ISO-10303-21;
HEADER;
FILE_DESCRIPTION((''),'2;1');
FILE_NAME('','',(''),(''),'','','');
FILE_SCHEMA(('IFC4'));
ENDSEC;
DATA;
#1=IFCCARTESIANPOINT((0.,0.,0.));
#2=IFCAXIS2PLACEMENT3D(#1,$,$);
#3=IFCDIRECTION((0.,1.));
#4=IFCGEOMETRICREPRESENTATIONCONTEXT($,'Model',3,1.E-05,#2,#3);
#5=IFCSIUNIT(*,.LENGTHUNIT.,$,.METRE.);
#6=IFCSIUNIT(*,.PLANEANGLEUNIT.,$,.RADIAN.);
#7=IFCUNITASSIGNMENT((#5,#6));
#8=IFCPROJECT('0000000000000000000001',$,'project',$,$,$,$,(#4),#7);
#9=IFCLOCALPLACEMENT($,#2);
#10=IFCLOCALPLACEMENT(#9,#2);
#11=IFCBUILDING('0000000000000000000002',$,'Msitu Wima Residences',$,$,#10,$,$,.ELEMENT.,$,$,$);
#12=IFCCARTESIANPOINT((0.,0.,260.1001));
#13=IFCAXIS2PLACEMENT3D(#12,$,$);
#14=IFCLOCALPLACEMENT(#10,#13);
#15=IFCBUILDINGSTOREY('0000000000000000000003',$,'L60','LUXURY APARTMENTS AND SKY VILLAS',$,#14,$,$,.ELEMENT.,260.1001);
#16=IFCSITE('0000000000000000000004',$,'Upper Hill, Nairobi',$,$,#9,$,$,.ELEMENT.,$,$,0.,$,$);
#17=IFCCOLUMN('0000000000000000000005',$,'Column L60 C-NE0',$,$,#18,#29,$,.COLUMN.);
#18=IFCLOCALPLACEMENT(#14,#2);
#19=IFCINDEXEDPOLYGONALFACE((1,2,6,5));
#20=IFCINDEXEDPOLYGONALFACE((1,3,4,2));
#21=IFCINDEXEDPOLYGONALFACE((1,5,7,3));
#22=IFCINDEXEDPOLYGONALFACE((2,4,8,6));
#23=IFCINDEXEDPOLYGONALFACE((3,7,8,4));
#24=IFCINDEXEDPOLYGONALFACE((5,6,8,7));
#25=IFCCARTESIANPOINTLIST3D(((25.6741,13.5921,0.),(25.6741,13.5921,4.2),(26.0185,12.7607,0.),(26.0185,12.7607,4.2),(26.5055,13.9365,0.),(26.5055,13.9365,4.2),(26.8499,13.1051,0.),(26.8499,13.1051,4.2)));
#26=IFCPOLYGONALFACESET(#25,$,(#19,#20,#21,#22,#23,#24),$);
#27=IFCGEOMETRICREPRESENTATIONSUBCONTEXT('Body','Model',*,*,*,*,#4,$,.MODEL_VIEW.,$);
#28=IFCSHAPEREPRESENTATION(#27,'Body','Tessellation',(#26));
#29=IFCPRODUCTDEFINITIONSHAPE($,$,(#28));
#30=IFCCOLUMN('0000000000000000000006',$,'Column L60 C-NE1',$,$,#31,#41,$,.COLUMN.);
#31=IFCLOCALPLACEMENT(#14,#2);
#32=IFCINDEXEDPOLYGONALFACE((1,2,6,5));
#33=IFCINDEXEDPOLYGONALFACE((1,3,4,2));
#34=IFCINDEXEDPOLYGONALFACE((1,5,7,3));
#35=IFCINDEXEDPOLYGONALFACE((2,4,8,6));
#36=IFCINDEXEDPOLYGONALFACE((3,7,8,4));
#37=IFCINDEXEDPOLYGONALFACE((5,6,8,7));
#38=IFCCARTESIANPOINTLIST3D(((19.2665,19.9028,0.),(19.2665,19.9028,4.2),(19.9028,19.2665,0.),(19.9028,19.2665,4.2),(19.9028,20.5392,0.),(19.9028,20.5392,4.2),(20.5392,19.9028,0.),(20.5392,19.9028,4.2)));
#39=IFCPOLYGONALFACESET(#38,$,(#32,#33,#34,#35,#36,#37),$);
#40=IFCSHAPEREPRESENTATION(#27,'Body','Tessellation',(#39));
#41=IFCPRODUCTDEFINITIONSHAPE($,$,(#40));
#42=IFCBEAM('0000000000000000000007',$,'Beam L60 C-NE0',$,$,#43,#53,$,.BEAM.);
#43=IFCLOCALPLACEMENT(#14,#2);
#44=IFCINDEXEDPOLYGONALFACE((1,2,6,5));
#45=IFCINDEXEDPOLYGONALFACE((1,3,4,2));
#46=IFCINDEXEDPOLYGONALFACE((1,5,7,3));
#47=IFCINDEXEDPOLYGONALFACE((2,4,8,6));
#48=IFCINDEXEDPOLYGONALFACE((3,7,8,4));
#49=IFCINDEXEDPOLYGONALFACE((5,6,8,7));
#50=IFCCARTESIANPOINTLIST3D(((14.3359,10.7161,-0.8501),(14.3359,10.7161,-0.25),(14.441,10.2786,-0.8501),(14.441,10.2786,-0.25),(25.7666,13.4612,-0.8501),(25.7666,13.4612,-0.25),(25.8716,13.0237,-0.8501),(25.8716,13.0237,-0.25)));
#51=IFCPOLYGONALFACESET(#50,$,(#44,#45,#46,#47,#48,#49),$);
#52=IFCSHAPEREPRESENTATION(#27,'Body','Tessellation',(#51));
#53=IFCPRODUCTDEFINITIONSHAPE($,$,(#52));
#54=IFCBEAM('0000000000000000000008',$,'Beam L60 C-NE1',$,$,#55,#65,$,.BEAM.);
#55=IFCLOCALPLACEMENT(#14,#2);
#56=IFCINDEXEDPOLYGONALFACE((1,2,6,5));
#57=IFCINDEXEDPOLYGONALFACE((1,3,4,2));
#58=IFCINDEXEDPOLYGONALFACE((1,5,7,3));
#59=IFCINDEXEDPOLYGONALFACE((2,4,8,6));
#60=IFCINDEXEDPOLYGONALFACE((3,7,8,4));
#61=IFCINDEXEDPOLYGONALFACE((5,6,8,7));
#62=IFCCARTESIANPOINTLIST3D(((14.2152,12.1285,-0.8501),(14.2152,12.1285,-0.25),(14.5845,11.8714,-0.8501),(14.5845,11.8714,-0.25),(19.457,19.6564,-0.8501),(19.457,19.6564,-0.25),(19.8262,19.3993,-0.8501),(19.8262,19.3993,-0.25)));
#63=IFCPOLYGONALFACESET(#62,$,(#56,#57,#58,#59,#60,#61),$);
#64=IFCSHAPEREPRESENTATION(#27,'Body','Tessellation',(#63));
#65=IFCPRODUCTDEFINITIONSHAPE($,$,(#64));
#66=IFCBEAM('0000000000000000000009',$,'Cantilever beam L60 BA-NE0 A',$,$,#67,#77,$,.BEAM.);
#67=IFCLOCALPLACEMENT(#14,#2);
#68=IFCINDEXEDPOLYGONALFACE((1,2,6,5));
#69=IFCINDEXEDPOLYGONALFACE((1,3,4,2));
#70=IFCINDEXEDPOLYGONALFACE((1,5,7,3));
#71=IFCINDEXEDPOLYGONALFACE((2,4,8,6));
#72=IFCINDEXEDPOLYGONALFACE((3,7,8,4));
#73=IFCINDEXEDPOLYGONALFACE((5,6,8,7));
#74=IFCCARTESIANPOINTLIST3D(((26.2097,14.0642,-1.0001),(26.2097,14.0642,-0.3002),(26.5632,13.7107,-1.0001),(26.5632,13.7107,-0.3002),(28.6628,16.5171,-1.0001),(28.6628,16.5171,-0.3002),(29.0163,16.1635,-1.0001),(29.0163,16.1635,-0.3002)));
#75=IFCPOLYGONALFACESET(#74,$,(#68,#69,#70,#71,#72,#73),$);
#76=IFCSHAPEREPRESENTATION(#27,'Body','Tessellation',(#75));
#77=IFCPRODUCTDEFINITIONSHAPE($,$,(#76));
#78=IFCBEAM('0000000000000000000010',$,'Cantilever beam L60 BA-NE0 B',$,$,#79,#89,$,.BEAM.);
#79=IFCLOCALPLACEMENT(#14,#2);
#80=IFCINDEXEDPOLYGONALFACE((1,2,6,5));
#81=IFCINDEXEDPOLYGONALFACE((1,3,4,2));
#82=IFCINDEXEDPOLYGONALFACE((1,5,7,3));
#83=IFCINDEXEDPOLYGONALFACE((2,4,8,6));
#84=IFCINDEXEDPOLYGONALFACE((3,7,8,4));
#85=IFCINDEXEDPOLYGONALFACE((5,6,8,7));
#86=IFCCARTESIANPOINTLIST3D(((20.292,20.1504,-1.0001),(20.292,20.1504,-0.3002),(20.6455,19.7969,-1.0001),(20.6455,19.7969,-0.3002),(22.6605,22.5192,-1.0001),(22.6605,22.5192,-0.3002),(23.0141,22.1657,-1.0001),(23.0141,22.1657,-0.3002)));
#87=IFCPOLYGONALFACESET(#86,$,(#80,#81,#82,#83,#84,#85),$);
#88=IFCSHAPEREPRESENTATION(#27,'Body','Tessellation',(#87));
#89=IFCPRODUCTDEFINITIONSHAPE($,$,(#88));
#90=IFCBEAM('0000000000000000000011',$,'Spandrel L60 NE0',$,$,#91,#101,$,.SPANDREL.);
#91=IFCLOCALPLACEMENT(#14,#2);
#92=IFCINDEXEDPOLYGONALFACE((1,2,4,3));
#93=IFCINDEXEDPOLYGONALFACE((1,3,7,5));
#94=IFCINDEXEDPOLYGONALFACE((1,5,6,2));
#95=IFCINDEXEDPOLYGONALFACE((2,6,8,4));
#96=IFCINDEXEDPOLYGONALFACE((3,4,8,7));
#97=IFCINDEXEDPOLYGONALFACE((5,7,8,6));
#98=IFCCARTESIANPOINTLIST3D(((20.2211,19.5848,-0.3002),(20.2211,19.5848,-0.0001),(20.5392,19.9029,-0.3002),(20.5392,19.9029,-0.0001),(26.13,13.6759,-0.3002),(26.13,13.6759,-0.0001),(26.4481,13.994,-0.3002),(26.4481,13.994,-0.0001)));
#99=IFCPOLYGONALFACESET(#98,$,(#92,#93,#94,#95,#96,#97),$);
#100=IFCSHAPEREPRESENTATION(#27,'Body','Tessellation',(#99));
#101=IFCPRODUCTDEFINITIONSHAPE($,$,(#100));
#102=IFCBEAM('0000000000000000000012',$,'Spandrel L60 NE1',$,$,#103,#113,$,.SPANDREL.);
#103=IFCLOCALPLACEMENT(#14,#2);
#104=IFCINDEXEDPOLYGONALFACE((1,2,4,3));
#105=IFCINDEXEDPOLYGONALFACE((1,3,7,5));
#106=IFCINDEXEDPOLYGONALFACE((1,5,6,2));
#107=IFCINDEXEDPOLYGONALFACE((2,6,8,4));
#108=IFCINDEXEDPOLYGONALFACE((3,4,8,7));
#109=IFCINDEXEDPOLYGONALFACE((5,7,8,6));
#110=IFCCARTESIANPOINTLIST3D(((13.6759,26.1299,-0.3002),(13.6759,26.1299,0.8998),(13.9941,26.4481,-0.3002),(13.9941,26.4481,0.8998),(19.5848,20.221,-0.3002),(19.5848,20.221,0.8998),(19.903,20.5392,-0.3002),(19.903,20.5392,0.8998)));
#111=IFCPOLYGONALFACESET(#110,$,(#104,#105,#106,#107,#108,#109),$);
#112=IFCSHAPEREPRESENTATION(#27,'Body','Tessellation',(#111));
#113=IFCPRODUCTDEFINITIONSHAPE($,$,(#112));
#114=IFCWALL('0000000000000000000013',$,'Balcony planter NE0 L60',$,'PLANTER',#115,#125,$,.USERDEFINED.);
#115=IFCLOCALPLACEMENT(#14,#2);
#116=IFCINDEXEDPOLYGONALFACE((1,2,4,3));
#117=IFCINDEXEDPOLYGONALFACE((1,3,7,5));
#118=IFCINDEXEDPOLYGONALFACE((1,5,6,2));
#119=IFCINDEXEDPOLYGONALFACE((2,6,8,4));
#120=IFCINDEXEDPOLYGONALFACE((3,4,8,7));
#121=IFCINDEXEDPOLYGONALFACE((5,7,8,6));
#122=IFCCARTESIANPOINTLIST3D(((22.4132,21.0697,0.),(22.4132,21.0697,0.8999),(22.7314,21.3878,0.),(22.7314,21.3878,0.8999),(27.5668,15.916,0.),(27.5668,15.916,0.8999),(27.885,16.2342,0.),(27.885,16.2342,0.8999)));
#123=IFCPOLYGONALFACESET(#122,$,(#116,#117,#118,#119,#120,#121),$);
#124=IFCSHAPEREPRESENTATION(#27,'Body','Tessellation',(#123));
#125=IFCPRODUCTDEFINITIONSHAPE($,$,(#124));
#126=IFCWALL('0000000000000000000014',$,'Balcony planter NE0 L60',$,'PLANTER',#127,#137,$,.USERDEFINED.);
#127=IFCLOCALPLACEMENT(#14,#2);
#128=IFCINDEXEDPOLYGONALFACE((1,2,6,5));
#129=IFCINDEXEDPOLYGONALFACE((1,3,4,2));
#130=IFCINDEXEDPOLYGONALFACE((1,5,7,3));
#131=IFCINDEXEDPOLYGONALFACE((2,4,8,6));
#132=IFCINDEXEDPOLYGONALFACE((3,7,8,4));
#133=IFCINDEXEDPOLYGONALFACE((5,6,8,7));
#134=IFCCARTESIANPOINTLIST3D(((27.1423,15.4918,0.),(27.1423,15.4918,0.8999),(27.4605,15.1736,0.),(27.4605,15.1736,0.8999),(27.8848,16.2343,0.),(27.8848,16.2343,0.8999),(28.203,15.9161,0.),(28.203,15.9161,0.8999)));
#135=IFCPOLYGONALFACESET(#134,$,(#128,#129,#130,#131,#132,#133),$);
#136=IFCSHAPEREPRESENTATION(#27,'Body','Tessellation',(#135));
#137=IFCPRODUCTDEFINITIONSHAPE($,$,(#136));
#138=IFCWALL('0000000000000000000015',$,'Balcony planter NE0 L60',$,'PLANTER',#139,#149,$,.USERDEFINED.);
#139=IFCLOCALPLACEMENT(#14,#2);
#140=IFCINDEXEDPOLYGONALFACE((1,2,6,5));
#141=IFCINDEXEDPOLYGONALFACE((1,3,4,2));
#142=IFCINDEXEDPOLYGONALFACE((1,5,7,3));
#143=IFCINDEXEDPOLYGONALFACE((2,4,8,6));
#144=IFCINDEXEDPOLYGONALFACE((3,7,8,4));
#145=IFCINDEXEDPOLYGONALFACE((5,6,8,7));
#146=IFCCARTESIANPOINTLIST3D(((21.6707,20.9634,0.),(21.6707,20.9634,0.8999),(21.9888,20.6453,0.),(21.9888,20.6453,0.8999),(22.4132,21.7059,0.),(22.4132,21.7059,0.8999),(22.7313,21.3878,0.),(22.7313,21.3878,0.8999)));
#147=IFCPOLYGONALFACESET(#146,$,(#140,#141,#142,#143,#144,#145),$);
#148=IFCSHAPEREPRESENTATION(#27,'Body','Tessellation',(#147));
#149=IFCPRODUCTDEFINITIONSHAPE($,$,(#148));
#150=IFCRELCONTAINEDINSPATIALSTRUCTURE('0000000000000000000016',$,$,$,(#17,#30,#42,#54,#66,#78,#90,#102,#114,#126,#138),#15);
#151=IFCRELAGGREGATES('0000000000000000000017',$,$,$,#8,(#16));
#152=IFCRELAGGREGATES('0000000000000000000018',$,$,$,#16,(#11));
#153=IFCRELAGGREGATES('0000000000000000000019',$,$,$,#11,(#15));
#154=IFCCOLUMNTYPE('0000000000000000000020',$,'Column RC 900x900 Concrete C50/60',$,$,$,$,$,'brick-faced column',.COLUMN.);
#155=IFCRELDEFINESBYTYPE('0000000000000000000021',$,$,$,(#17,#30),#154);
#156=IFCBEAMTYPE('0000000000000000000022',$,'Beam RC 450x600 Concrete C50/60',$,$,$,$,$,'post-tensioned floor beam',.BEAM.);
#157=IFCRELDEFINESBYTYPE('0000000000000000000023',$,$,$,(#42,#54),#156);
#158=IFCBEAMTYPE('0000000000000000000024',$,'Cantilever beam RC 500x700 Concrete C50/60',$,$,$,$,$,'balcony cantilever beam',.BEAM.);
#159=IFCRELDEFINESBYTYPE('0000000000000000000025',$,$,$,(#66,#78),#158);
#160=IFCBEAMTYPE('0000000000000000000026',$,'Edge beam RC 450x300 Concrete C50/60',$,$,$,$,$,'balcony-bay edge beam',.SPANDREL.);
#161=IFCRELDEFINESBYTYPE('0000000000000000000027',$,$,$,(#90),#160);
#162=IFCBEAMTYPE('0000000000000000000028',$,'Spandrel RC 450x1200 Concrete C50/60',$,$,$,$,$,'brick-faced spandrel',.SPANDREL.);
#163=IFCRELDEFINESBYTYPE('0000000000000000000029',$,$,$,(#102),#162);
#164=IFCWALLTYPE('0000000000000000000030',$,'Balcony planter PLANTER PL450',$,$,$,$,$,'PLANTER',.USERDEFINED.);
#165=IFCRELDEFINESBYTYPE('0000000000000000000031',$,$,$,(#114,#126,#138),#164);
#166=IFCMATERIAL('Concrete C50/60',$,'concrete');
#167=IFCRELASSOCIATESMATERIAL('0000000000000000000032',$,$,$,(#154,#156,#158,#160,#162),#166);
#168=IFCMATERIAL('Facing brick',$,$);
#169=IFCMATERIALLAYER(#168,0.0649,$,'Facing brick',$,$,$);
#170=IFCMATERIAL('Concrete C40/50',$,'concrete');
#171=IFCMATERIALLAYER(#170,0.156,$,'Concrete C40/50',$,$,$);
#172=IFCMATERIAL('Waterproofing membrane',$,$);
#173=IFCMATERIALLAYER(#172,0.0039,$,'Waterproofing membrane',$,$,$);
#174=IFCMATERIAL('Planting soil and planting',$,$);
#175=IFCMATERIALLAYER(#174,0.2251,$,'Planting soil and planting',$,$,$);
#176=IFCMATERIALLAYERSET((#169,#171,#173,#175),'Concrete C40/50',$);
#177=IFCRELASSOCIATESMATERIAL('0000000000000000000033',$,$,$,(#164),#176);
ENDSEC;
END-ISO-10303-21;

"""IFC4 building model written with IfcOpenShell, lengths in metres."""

from ifc_helpers import new_model, si_unit, direction, frame, frame_2d, origin, origin_2d, place, context, subcontext, project, spatial, rectangle, extrude, material, layer, layer_set, material_profile, profile_set, type_object, element, save


model = new_model("IFC4")

# Units and contexts
model_context = context("Model", 3, precision=1e-05, world=origin(), true_north=direction((0.0, 1.0)))
body_context = subcontext(model_context, "Body", "Model", "MODEL_VIEW")
ifc_project = project(units=[si_unit("LENGTHUNIT", "METRE"), si_unit("PLANEANGLEUNIT", "RADIAN")], contexts=[model_context])

# Site, building, storey
site_placement = place(None, origin())
site = spatial("IfcSite", under=ifc_project, at=site_placement, Name="Upper Hill, Nairobi", CompositionType="ELEMENT", RefElevation=0.0)
building_placement = place(site_placement, origin())
building = spatial("IfcBuilding", under=site, at=building_placement, Name="Msitu Wima Residences", CompositionType="ELEMENT")
storey_placement = place(building_placement, frame((0.0, 0.0, 260.1001)))
storey = spatial("IfcBuildingStorey", under=building, at=storey_placement, Name="L60", Description="LUXURY APARTMENTS AND SKY VILLAS", CompositionType="ELEMENT", Elevation=260.1001)

# Columns
ifc_material_1 = material(Name="Concrete C50/60", Category="concrete")
ifc_material_profile_1 = material_profile(ifc_material_1, rectangle(XDim=0.8999, YDim=0.8999, at=origin_2d()), Name="RC 900x900")
ifc_profile_set_1 = profile_set([ifc_material_profile_1], Name="Concrete C50/60")
column_type = type_object("IfcColumnType", Name="Column RC 900x900 Concrete C50/60", ElementType="brick-faced column", PredefinedType="COLUMN", material=ifc_profile_set_1)
for number, where, z_axis, x_axis, name in (
    (1, (26.262, 13.3486, 0.0), (0.0, 0.0, 1.0), (-0.382683, 0.92388, 0.0), "Column L60 C-NE0"),
    (2, (19.9028, 19.9028, 0.0), (0.0, 0.0, 1.0), (-0.707107, 0.707107, 0.0), "Column L60 C-NE1"),
):
    element("IfcColumn", number, at=place(storey_placement, frame(where, z_axis=z_axis, x_axis=x_axis)), inside=storey, type_object=column_type, Name=name, PredefinedType="COLUMN", context=body_context, shape_type="SweptSolid", body=[
        extrude(rectangle(XDim=0.8999, YDim=0.8999, at=origin_2d()), origin(), (0.0, 0.0, 1.0), 4.2),
    ])

# Beams
ifc_material_profile_2 = material_profile(ifc_material_1, rectangle(XDim=0.45, YDim=0.6001, at=origin_2d()), Name="RC 450x600")
ifc_profile_set_2 = profile_set([ifc_material_profile_2], Name="Concrete C50/60")
beam_type_1 = type_object("IfcBeamType", Name="Beam RC 450x600 Concrete C50/60", ElementType="post-tensioned floor beam", PredefinedType="BEAM", material=ifc_profile_set_2)
beam_1_placement = place(storey_placement, frame((25.8191, 13.2424, -0.55), z_axis=(-0.972353, -0.233514, 0.0), x_axis=(0.233514, -0.972353, 0.0)))
element("IfcBeam", 3, at=beam_1_placement, inside=storey, type_object=beam_type_1, Name="Beam L60 C-NE0", PredefinedType="BEAM", context=body_context, shape_type="SweptSolid", body=[
    extrude(rectangle(XDim=0.45, YDim=0.6001, at=origin_2d()), origin(), (0.0, 0.0, 1.0), 11.7556),
])
beam_2_placement = place(storey_placement, frame((19.6416, 19.5278, -0.55), z_axis=(-0.571428, -0.820652, 0.0), x_axis=(0.820652, -0.571428, 0.0)))
element("IfcBeam", 4, at=beam_2_placement, inside=storey, type_object=beam_type_1, Name="Beam L60 C-NE1", PredefinedType="BEAM", context=body_context, shape_type="SweptSolid", body=[
    extrude(rectangle(XDim=0.45, YDim=0.6001, at=origin_2d()), origin(), (0.0, 0.0, 1.0), 9.1731),
])
ifc_material_profile_3 = material_profile(ifc_material_1, rectangle(XDim=0.5, YDim=0.7, at=origin_2d()), Name="RC 500x700")
ifc_profile_set_3 = profile_set([ifc_material_profile_3], Name="Concrete C50/60")
beam_type_2 = type_object("IfcBeamType", Name="Cantilever beam RC 500x700 Concrete C50/60", ElementType="balcony cantilever beam", PredefinedType="BEAM", material=ifc_profile_set_3)
beam_3_placement = place(storey_placement, frame((26.3865, 13.8875, -0.6501), z_axis=(0.707142, 0.707072, 0.0), x_axis=(-0.707072, 0.707142, 0.0)))
element("IfcBeam", 5, at=beam_3_placement, inside=storey, type_object=beam_type_2, Name="Cantilever beam L60 BA-NE0 A", PredefinedType="BEAM", context=body_context, shape_type="SweptSolid", body=[
    extrude(rectangle(XDim=0.5, YDim=0.7, at=origin_2d()), origin(), (0.0, 0.0, 1.0), 3.469),
])
beam_4_placement = place(storey_placement, frame((20.4688, 19.9736, -0.6501), z_axis=(0.70707, 0.707143, 0.0), x_axis=(-0.707143, 0.70707, 0.0)))
element("IfcBeam", 6, at=beam_4_placement, inside=storey, type_object=beam_type_2, Name="Cantilever beam L60 BA-NE0 B", PredefinedType="BEAM", context=body_context, shape_type="SweptSolid", body=[
    extrude(rectangle(XDim=0.5, YDim=0.7, at=origin_2d()), origin(), (0.0, 0.0, 1.0), 3.3499),
])
ifc_material_profile_4 = material_profile(ifc_material_1, rectangle(XDim=0.45, YDim=0.3, at=origin_2d()), Name="RC 450x300")
ifc_profile_set_4 = profile_set([ifc_material_profile_4], Name="Concrete C50/60")
beam_type_3 = type_object("IfcBeamType", Name="Edge beam RC 450x300 Concrete C50/60", ElementType="balcony-bay edge beam", PredefinedType="SPANDREL", material=ifc_profile_set_4)
beam_5_placement = place(storey_placement, frame((26.2891, 13.835, -0.1501), z_axis=(-0.707107, 0.707107, 0.0), x_axis=(-0.707107, -0.707107, 0.0)))
element("IfcBeam", 7, at=beam_5_placement, inside=storey, type_object=beam_type_3, Name="Spandrel L60 NE0", PredefinedType="SPANDREL", context=body_context, shape_type="SweptSolid", body=[
    extrude(rectangle(XDim=0.45, YDim=0.3, at=origin_2d()), origin(), (0.0, 0.0, 1.0), 8.3564),
])
ifc_material_profile_5 = material_profile(ifc_material_1, rectangle(XDim=0.45, YDim=1.2, at=origin_2d()), Name="RC 450x1200")
ifc_profile_set_5 = profile_set([ifc_material_profile_5], Name="Concrete C50/60")
beam_type_4 = type_object("IfcBeamType", Name="Spandrel RC 450x1200 Concrete C50/60", ElementType="brick-faced spandrel", PredefinedType="SPANDREL", material=ifc_profile_set_5)
beam_6_placement = place(storey_placement, frame((19.7439, 20.3801, 0.2998), z_axis=(-0.707107, 0.707107, 0.0), x_axis=(-0.707107, -0.707107, 0.0)))
element("IfcBeam", 8, at=beam_6_placement, inside=storey, type_object=beam_type_4, Name="Spandrel L60 NE1", PredefinedType="SPANDREL", context=body_context, shape_type="SweptSolid", body=[
    extrude(rectangle(XDim=0.45, YDim=1.2, at=origin_2d()), origin(), (0.0, 0.0, 1.0), 8.3564),
])

# Walls
ifc_material_2 = material(Name="Facing brick")
ifc_layer_1 = layer(ifc_material_2, 0.0649, Name="Facing brick")
ifc_material_3 = material(Name="Concrete C40/50", Category="concrete")
ifc_layer_2 = layer(ifc_material_3, 0.156, Name="Concrete C40/50")
ifc_material_4 = material(Name="Waterproofing membrane")
ifc_layer_3 = layer(ifc_material_4, 0.0039, Name="Waterproofing membrane")
ifc_material_5 = material(Name="Planting soil and planting")
ifc_layer_4 = layer(ifc_material_5, 0.2251, Name="Planting soil and planting")
ifc_layer_set_1 = layer_set([ifc_layer_1, ifc_layer_2, ifc_layer_3, ifc_layer_4], Name="Concrete C40/50")
wall_type_1 = type_object("IfcWallType", Name="Balcony planter PLANTER PL450", ElementType="PLANTER", PredefinedType="USERDEFINED", material=ifc_layer_set_1)
wall_1_placement = place(storey_placement, frame((27.7258, 16.0752, 0.0), z_axis=(0.0, 0.0, 1.0), x_axis=(-0.707107, 0.707107, 0.0)))
element("IfcWall", 9, at=wall_1_placement, inside=storey, type_object=wall_type_1, Name="Balcony planter NE0 L60", ObjectType="PLANTER", PredefinedType="USERDEFINED", context=body_context, shape_type="SweptSolid", body=[
    extrude(rectangle(XDim=7.2883, YDim=0.45, at=frame_2d((3.644, 0.0))), origin(), (0.0, 0.0, 1.0), 0.8999),
])
for number, where, z_axis, x_axis, name in (
    (10, (27.3015, 15.3328, 0.0), (0.0, 0.0, 1.0), (0.707107, 0.707107, 0.0), "Balcony planter NE0 L60"),
    (11, (21.8298, 20.8044, 0.0), (0.0, 0.0, 1.0), (0.707107, 0.707107, 0.0), "Balcony planter NE0 L60"),
):
    element("IfcWall", number, at=place(storey_placement, frame(where, z_axis=z_axis, x_axis=x_axis)), inside=storey, type_object=wall_type_1, Name=name, ObjectType="PLANTER", PredefinedType="USERDEFINED", context=body_context, shape_type="SweptSolid", body=[
        extrude(rectangle(XDim=1.05, YDim=0.45, at=frame_2d((0.5249, 0.0))), origin(), (0.0, 0.0, 1.0), 0.8999),
    ])

save(model, "model.ifc")
